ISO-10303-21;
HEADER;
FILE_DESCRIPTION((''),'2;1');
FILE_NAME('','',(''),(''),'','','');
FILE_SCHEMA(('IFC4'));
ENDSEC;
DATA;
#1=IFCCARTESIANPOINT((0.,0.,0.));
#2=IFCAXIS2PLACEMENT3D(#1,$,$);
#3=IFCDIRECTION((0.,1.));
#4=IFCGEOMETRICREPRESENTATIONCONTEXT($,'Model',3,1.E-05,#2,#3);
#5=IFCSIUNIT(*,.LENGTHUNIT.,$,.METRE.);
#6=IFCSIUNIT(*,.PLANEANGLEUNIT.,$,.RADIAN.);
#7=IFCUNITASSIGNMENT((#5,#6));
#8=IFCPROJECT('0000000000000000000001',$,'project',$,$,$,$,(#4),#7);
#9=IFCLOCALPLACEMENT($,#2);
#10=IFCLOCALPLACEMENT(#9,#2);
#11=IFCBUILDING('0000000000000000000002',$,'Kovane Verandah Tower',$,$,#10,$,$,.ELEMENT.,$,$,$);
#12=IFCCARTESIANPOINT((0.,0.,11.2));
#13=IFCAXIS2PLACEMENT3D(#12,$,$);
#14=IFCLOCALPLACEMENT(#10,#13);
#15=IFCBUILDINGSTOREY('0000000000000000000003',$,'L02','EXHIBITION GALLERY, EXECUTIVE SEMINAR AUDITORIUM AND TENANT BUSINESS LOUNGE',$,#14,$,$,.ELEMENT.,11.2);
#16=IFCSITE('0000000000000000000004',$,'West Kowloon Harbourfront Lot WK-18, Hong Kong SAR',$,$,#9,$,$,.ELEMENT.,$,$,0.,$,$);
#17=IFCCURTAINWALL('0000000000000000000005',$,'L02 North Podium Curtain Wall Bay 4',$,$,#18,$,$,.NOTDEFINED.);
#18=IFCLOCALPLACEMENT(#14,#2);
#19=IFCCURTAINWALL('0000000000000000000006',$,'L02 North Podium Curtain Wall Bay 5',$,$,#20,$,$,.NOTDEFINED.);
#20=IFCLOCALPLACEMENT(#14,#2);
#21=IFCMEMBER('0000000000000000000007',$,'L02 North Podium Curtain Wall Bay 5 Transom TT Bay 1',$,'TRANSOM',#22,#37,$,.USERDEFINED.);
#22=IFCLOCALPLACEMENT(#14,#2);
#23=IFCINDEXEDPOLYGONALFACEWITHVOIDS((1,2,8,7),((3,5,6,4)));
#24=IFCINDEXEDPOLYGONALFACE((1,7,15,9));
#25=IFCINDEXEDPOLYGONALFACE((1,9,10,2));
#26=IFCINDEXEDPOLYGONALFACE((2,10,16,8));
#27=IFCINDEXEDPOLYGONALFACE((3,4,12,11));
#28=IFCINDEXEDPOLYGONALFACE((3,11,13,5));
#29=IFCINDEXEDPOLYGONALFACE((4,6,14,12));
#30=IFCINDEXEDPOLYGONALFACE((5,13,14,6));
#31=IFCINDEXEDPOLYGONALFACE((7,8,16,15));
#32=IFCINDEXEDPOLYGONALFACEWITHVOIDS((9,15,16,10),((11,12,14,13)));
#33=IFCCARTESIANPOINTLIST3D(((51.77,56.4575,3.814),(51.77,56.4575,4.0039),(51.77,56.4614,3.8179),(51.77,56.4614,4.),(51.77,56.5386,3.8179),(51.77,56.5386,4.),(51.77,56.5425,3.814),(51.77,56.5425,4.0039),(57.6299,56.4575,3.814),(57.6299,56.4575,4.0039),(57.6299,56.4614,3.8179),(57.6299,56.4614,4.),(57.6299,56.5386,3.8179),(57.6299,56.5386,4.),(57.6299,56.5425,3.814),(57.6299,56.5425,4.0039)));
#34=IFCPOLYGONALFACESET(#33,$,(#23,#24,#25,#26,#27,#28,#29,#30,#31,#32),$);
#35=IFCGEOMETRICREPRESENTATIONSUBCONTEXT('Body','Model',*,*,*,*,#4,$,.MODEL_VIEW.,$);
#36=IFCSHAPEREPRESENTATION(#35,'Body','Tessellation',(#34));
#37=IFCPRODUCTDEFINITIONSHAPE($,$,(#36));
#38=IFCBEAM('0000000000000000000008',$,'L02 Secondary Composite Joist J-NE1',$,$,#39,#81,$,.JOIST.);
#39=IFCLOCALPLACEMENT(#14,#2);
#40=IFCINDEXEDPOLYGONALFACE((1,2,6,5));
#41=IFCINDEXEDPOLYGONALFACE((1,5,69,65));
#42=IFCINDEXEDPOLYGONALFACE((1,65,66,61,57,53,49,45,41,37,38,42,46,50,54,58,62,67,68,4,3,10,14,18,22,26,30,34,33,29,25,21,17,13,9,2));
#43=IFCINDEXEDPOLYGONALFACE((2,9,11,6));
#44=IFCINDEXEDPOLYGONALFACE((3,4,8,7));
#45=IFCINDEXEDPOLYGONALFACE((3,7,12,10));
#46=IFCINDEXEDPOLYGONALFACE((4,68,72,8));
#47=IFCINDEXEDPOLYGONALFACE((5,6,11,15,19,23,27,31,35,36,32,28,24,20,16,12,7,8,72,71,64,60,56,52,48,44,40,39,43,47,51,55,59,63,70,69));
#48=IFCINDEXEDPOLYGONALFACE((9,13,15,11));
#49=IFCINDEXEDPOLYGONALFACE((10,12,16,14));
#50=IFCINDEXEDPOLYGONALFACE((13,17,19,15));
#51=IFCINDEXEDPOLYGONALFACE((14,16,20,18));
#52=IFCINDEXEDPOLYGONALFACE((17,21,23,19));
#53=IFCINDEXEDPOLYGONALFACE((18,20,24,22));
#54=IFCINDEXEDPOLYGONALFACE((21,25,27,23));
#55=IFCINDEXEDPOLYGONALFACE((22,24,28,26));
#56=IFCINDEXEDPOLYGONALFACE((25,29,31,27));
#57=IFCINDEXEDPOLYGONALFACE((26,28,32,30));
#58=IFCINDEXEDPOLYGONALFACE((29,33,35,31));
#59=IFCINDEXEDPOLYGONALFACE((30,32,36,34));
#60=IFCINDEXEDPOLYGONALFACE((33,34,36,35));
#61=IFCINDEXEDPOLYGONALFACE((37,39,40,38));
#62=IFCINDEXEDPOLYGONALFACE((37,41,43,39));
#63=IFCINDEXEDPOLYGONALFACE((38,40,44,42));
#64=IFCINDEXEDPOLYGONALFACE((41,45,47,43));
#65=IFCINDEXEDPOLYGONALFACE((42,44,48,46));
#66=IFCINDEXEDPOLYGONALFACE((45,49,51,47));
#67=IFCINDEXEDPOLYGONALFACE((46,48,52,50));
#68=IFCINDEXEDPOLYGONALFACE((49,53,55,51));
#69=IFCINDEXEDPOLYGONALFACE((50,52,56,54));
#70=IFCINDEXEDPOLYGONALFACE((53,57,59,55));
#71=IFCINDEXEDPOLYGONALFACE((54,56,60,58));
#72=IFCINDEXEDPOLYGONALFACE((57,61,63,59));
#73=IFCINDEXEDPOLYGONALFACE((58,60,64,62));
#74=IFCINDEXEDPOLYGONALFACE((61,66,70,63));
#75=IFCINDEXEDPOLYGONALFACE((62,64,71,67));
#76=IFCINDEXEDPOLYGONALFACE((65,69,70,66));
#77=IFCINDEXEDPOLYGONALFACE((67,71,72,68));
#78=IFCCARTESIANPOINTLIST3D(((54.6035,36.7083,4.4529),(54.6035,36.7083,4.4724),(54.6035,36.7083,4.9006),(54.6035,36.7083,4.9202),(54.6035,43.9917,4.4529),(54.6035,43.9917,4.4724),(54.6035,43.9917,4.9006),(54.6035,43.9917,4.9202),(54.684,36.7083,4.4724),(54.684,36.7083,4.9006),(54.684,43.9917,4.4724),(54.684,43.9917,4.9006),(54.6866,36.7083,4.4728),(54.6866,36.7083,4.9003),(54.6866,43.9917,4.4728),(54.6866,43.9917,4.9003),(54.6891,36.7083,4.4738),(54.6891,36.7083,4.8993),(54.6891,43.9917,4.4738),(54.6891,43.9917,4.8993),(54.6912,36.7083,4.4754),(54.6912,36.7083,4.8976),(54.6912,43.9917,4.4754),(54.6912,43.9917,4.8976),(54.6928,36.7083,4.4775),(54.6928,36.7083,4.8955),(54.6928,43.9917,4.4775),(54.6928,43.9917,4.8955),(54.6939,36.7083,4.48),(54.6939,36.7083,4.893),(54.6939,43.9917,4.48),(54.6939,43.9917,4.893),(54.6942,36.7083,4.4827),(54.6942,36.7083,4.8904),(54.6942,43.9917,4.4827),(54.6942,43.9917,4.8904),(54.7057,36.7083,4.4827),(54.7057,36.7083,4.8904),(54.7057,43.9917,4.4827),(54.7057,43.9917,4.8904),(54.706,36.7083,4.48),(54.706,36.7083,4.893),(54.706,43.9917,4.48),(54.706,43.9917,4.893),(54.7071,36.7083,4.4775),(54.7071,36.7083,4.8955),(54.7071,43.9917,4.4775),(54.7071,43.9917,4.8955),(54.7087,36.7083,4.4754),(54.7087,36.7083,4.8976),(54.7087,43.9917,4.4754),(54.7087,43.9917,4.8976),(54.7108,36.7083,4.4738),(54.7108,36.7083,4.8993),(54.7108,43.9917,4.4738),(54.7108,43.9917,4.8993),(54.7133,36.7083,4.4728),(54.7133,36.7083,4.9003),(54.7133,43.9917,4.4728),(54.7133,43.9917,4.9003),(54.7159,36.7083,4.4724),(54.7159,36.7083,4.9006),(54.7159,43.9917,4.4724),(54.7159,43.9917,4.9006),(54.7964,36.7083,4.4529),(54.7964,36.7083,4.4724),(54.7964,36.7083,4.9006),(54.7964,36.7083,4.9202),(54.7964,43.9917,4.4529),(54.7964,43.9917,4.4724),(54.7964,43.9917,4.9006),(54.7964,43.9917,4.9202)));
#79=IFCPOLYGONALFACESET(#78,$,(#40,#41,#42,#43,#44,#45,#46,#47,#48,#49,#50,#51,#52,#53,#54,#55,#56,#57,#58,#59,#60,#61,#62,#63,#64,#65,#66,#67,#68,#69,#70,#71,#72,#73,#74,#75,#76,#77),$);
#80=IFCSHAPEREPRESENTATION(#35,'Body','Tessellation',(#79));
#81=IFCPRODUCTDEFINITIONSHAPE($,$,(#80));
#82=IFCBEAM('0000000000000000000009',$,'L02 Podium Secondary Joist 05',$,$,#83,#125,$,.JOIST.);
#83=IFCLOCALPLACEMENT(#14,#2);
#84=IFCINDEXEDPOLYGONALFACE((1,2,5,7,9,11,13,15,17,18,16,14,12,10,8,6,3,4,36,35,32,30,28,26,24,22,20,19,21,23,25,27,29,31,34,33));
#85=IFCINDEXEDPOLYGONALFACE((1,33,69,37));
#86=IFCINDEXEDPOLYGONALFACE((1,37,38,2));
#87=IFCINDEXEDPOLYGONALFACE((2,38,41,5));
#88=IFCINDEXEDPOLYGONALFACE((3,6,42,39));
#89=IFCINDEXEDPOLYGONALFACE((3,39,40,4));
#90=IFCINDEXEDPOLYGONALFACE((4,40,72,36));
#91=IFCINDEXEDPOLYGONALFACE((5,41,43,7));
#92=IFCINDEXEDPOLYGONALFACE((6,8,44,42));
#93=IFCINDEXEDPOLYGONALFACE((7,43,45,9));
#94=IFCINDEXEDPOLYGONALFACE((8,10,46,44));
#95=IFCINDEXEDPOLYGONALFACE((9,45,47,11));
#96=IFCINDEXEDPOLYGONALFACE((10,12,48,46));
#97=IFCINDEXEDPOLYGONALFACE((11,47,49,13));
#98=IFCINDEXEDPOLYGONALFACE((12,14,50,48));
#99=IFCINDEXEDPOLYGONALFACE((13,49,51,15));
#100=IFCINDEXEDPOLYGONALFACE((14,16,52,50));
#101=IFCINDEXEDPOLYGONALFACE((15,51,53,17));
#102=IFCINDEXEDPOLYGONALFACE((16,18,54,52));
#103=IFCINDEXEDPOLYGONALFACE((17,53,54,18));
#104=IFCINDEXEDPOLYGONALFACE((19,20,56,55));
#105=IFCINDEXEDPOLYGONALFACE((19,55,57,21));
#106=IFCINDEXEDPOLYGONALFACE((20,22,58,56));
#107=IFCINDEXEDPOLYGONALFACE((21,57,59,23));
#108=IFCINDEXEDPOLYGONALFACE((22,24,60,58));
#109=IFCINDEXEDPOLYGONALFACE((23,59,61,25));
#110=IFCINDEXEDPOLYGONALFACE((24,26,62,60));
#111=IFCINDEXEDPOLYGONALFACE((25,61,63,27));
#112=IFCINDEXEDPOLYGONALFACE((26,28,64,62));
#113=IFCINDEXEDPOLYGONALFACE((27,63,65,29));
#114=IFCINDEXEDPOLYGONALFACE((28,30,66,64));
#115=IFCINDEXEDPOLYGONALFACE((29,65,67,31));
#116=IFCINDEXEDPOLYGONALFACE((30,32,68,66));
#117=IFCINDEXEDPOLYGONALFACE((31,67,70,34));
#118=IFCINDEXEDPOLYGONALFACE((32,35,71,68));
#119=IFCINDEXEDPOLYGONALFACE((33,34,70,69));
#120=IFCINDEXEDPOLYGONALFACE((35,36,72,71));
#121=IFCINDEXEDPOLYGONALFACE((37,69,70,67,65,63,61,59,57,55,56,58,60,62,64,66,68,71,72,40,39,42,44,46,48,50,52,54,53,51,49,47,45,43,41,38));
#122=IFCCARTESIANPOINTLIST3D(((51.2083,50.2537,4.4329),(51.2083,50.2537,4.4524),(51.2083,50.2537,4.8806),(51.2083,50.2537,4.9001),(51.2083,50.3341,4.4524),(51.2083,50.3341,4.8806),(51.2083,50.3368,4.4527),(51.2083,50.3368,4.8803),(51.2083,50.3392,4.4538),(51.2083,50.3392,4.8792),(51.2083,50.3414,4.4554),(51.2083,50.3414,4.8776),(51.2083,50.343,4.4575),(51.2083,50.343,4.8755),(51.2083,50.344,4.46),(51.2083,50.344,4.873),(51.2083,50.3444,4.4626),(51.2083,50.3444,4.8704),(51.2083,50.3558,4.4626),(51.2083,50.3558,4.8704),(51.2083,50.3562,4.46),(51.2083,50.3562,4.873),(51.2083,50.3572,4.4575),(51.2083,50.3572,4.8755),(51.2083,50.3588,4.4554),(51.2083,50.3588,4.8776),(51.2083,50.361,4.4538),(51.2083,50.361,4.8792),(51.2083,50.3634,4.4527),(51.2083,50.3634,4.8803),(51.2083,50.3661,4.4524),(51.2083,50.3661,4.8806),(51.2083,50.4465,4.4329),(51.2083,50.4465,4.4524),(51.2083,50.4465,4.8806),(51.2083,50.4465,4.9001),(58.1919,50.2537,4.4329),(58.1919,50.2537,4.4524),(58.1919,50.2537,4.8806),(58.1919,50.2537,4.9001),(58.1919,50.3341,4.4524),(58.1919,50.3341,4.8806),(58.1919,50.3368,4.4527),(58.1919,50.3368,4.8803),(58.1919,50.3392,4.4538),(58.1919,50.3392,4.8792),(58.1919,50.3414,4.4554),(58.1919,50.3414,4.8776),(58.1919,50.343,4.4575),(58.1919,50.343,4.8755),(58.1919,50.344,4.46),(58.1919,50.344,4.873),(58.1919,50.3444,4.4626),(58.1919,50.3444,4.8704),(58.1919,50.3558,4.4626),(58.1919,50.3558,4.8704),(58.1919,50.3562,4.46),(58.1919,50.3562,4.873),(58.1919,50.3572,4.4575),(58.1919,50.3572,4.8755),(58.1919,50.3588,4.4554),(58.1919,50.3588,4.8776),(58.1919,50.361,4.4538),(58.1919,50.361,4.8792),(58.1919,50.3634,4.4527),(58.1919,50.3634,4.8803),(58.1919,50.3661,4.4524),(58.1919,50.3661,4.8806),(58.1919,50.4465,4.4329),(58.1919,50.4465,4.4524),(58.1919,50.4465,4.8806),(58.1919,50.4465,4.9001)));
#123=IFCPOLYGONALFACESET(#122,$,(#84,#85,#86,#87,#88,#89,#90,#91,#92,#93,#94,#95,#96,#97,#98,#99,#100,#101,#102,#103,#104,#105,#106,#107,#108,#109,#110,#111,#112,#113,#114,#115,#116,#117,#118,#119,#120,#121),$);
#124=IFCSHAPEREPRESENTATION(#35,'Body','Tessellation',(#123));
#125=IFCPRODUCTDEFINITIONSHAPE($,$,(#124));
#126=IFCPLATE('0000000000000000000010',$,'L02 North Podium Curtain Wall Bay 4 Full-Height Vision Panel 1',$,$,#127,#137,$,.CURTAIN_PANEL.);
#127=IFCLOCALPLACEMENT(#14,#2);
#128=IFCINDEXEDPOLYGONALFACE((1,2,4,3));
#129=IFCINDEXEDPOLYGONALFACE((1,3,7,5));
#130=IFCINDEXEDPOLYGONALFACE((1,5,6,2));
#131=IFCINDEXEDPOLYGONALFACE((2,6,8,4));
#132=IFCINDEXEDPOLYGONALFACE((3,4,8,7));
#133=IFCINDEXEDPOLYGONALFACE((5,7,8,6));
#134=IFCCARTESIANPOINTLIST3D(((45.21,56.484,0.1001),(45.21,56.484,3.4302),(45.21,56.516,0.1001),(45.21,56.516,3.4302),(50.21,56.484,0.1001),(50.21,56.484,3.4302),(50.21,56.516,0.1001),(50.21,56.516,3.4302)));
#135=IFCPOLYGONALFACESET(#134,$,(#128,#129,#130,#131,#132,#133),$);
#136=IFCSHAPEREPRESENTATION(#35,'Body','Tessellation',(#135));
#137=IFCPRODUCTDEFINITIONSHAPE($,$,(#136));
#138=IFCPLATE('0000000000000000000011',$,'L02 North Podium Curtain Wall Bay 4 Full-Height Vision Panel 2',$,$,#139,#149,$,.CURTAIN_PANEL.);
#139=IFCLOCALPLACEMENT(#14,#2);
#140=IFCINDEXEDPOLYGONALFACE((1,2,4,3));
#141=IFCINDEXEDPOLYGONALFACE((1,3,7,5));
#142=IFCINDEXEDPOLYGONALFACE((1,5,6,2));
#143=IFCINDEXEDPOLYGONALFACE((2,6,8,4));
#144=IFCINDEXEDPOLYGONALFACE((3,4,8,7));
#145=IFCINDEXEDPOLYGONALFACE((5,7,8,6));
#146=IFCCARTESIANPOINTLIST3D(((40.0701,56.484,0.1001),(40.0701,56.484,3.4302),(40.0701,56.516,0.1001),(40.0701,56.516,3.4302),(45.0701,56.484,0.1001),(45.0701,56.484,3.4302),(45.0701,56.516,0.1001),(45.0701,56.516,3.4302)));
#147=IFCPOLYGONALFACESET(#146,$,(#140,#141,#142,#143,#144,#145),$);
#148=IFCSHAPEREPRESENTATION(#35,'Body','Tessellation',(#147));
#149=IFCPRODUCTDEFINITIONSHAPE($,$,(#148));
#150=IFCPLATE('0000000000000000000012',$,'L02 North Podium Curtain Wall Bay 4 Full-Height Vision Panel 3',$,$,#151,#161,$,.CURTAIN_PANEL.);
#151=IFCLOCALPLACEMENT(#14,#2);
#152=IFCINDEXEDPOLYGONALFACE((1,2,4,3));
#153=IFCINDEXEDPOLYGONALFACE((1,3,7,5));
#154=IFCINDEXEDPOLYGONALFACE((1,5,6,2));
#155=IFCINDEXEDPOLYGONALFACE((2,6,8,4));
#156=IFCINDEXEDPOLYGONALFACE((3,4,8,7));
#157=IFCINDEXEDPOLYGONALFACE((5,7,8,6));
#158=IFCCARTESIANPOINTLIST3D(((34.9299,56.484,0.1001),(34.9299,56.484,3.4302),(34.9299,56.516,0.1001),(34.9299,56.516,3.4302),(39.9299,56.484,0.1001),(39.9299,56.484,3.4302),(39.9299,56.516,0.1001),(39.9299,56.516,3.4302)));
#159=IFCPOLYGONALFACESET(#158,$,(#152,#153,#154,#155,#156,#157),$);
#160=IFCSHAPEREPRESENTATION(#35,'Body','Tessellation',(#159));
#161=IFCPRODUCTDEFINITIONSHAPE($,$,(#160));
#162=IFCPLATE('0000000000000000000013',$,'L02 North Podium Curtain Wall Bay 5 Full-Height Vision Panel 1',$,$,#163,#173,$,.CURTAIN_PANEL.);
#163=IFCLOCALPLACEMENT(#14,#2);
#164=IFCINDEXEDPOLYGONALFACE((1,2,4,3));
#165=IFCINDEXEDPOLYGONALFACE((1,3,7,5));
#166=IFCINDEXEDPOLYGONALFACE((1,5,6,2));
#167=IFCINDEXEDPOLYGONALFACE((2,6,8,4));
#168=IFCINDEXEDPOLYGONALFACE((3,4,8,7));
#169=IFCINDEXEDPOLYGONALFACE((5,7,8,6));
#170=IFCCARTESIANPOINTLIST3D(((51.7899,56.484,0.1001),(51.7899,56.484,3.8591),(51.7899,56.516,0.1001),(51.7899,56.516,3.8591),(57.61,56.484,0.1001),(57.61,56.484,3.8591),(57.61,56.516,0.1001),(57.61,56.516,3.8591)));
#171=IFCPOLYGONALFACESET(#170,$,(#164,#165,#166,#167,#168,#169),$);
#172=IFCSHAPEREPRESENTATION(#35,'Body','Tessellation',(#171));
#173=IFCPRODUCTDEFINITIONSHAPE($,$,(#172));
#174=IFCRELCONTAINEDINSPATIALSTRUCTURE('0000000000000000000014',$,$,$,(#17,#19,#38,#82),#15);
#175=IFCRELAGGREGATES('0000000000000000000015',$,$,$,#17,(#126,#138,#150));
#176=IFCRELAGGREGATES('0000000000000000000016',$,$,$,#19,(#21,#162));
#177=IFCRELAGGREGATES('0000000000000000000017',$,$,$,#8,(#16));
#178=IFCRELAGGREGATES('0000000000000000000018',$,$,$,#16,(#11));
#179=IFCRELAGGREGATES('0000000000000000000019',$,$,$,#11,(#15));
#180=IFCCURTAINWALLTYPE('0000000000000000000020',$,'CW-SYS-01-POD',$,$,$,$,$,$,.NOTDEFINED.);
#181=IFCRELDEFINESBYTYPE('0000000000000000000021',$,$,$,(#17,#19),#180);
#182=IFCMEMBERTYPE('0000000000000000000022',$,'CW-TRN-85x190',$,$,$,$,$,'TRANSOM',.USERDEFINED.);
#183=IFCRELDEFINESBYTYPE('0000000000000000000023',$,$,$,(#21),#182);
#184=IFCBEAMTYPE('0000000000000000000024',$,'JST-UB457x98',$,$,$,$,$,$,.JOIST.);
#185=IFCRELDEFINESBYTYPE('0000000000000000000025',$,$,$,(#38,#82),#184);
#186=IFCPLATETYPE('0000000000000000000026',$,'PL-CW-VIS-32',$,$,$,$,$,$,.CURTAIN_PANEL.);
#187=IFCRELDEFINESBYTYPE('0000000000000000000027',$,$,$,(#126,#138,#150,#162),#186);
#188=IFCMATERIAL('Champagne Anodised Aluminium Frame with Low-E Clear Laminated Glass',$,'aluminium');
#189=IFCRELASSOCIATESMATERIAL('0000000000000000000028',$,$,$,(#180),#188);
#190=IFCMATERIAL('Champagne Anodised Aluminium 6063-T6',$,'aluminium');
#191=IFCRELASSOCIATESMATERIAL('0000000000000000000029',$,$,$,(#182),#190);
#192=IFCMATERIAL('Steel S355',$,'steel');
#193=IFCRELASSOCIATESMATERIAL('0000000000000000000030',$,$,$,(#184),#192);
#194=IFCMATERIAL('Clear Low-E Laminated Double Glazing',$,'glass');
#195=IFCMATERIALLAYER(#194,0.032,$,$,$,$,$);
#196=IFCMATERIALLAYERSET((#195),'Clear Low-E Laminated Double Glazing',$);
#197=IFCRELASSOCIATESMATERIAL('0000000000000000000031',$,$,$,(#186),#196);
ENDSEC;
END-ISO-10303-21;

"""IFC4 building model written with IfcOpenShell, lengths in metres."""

from ifc_helpers import new_model, si_unit, direction, frame, origin, origin_2d, place, context, subcontext, project, spatial, rectangle, hollow_rectangle, i_section, extrude, material, layer, layer_set, material_profile, profile_set, type_object, element, aggregate, save


model = new_model("IFC4")

# Units and contexts
model_context = context("Model", 3, precision=1e-05, world=origin(), true_north=direction((0.0, 1.0)))
body_context = subcontext(model_context, "Body", "Model", "MODEL_VIEW")
ifc_project = project(units=[si_unit("LENGTHUNIT", "METRE"), si_unit("PLANEANGLEUNIT", "RADIAN")], contexts=[model_context])

# Site, building, storey
site_placement = place(None, origin())
site = spatial("IfcSite", under=ifc_project, at=site_placement, Name="West Kowloon Harbourfront Lot WK-18, Hong Kong SAR", CompositionType="ELEMENT", RefElevation=0.0)
building_placement = place(site_placement, origin())
building = spatial("IfcBuilding", under=site, at=building_placement, Name="Kovane Verandah Tower", CompositionType="ELEMENT")
storey_placement = place(building_placement, frame((0.0, 0.0, 11.2)))
storey = spatial("IfcBuildingStorey", under=building, at=storey_placement, Name="L02", Description="EXHIBITION GALLERY, EXECUTIVE SEMINAR AUDITORIUM AND TENANT BUSINESS LOUNGE", CompositionType="ELEMENT", Elevation=11.2)

# Curtain walls
ifc_material_1 = material(Name="Champagne Anodised Aluminium Frame with Low-E Clear Laminated Glass", Category="aluminium")
curtain_wall_type = type_object("IfcCurtainWallType", Name="CW-SYS-01-POD", PredefinedType="NOTDEFINED", material=ifc_material_1)
curtain_wall_1_placement = place(storey_placement, origin())
curtain_wall_1 = element("IfcCurtainWall", 1, at=curtain_wall_1_placement, inside=storey, type_object=curtain_wall_type, Name="L02 North Podium Curtain Wall Bay 4", PredefinedType="NOTDEFINED")
ifc_material_2 = material(Name="Champagne Anodised Aluminium 6063-T6", Category="aluminium")
curtain_wall_2_placement = place(storey_placement, origin())
curtain_wall_2 = element("IfcCurtainWall", 2, at=curtain_wall_2_placement, inside=storey, type_object=curtain_wall_type, Name="L02 North Podium Curtain Wall Bay 5", PredefinedType="NOTDEFINED")

# Member
ifc_material_profile_1 = material_profile(ifc_material_2, hollow_rectangle(XDim=0.085, YDim=0.1899, WallThickness=0.0039, at=origin_2d()), Name="AL85x190x4")
ifc_profile_set_1 = profile_set([ifc_material_profile_1], Name="Champagne Anodised Aluminium 6063-T6")
member_type_1 = type_object("IfcMemberType", Name="CW-TRN-85x190", ElementType="TRANSOM", PredefinedType="USERDEFINED", material=ifc_profile_set_1)
member_1_placement = place(storey_placement, frame((57.6299, 56.5, 3.9089), z_axis=(-1.0, 0.0, 0.0), x_axis=(0.0, -1.0, 0.0)))
member_1 = element("IfcMember", 3, at=member_1_placement, type_object=member_type_1, Name="L02 North Podium Curtain Wall Bay 5 Transom TT Bay 1", ObjectType="TRANSOM", PredefinedType="USERDEFINED", context=body_context, shape_type="SweptSolid", body=[
    extrude(hollow_rectangle(XDim=0.085, YDim=0.1899, WallThickness=0.0039, at=origin_2d()), origin(), (0.0, 0.0, 1.0), 5.8599),
])

# Beams
ifc_material_3 = material(Name="Steel S355", Category="steel")
ifc_material_profile_2 = material_profile(ifc_material_3, i_section(OverallWidth=0.1929, OverallDepth=0.4673, WebThickness=0.0115, FlangeThickness=0.0195, FilletRadius=0.0103, at=origin_2d()), Name="UB457x191x98")
ifc_profile_set_2 = profile_set([ifc_material_profile_2], Name="Steel S355")
beam_type_1 = type_object("IfcBeamType", Name="JST-UB457x98", PredefinedType="JOIST", material=ifc_profile_set_2)
beam_1_placement = place(storey_placement, frame((54.7, 36.7083, 4.6865), z_axis=(0.0, 1.0, 0.0), x_axis=(-1.0, 0.0, 0.0)))
element("IfcBeam", 4, at=beam_1_placement, inside=storey, type_object=beam_type_1, Name="L02 Secondary Composite Joist J-NE1", PredefinedType="JOIST", context=body_context, shape_type="SweptSolid", body=[
    extrude(i_section(OverallWidth=0.1929, OverallDepth=0.4673, WebThickness=0.0115, FlangeThickness=0.0195, FilletRadius=0.0103, at=origin_2d()), origin(), (0.0, 0.0, 1.0), 7.2834),
])
beam_2_placement = place(storey_placement, frame((51.2083, 50.3501, 4.6665), z_axis=(1.0, 0.0, 0.0), x_axis=(0.0, 1.0, 0.0)))
element("IfcBeam", 5, at=beam_2_placement, inside=storey, type_object=beam_type_1, Name="L02 Podium Secondary Joist 05", PredefinedType="JOIST", context=body_context, shape_type="SweptSolid", body=[
    extrude(i_section(OverallWidth=0.1929, OverallDepth=0.4673, WebThickness=0.0115, FlangeThickness=0.0195, FilletRadius=0.0103, at=origin_2d()), origin(), (0.0, 0.0, 1.0), 6.9836),
])

# Plates
ifc_material_4 = material(Name="Clear Low-E Laminated Double Glazing", Category="glass")
ifc_layer_1 = layer(ifc_material_4, 0.032)
ifc_layer_set_1 = layer_set([ifc_layer_1], Name="Clear Low-E Laminated Double Glazing")
plate_type = type_object("IfcPlateType", Name="PL-CW-VIS-32", PredefinedType="CURTAIN_PANEL", material=ifc_layer_set_1)
plate_1_placement = place(storey_placement, frame((47.71, 56.5, 0.1001), z_axis=(0.0, 0.0, 1.0), x_axis=(-1.0, 0.0, 0.0)))
plate_1 = element("IfcPlate", 6, at=plate_1_placement, type_object=plate_type, Name="L02 North Podium Curtain Wall Bay 4 Full-Height Vision Panel 1", PredefinedType="CURTAIN_PANEL", context=body_context, shape_type="SweptSolid", body=[
    extrude(rectangle(XDim=5.0, YDim=0.032, at=origin_2d()), origin(), (0.0, 0.0, 1.0), 3.3301),
])
plate_2_placement = place(storey_placement, frame((42.5701, 56.5, 0.1001), z_axis=(0.0, 0.0, 1.0), x_axis=(-1.0, 0.0, 0.0)))
plate_2 = element("IfcPlate", 7, at=plate_2_placement, type_object=plate_type, Name="L02 North Podium Curtain Wall Bay 4 Full-Height Vision Panel 2", PredefinedType="CURTAIN_PANEL", context=body_context, shape_type="SweptSolid", body=[
    extrude(rectangle(XDim=5.0, YDim=0.032, at=origin_2d()), origin(), (0.0, 0.0, 1.0), 3.3301),
])
plate_3_placement = place(storey_placement, frame((37.4299, 56.5, 0.1001), z_axis=(0.0, 0.0, 1.0), x_axis=(-1.0, 0.0, 0.0)))
plate_3 = element("IfcPlate", 8, at=plate_3_placement, type_object=plate_type, Name="L02 North Podium Curtain Wall Bay 4 Full-Height Vision Panel 3", PredefinedType="CURTAIN_PANEL", context=body_context, shape_type="SweptSolid", body=[
    extrude(rectangle(XDim=5.0, YDim=0.032, at=origin_2d()), origin(), (0.0, 0.0, 1.0), 3.3301),
])
aggregate(curtain_wall_1, [plate_1, plate_2, plate_3])
plate_4_placement = place(storey_placement, frame((54.7, 56.5, 0.1001), z_axis=(0.0, 0.0, 1.0), x_axis=(-1.0, 0.0, 0.0)))
plate_4 = element("IfcPlate", 9, at=plate_4_placement, type_object=plate_type, Name="L02 North Podium Curtain Wall Bay 5 Full-Height Vision Panel 1", PredefinedType="CURTAIN_PANEL", context=body_context, shape_type="SweptSolid", body=[
    extrude(rectangle(XDim=5.8201, YDim=0.032, at=origin_2d()), origin(), (0.0, 0.0, 1.0), 3.759),
])
aggregate(curtain_wall_2, [member_1, plate_4])

save(model, "model.ifc")
